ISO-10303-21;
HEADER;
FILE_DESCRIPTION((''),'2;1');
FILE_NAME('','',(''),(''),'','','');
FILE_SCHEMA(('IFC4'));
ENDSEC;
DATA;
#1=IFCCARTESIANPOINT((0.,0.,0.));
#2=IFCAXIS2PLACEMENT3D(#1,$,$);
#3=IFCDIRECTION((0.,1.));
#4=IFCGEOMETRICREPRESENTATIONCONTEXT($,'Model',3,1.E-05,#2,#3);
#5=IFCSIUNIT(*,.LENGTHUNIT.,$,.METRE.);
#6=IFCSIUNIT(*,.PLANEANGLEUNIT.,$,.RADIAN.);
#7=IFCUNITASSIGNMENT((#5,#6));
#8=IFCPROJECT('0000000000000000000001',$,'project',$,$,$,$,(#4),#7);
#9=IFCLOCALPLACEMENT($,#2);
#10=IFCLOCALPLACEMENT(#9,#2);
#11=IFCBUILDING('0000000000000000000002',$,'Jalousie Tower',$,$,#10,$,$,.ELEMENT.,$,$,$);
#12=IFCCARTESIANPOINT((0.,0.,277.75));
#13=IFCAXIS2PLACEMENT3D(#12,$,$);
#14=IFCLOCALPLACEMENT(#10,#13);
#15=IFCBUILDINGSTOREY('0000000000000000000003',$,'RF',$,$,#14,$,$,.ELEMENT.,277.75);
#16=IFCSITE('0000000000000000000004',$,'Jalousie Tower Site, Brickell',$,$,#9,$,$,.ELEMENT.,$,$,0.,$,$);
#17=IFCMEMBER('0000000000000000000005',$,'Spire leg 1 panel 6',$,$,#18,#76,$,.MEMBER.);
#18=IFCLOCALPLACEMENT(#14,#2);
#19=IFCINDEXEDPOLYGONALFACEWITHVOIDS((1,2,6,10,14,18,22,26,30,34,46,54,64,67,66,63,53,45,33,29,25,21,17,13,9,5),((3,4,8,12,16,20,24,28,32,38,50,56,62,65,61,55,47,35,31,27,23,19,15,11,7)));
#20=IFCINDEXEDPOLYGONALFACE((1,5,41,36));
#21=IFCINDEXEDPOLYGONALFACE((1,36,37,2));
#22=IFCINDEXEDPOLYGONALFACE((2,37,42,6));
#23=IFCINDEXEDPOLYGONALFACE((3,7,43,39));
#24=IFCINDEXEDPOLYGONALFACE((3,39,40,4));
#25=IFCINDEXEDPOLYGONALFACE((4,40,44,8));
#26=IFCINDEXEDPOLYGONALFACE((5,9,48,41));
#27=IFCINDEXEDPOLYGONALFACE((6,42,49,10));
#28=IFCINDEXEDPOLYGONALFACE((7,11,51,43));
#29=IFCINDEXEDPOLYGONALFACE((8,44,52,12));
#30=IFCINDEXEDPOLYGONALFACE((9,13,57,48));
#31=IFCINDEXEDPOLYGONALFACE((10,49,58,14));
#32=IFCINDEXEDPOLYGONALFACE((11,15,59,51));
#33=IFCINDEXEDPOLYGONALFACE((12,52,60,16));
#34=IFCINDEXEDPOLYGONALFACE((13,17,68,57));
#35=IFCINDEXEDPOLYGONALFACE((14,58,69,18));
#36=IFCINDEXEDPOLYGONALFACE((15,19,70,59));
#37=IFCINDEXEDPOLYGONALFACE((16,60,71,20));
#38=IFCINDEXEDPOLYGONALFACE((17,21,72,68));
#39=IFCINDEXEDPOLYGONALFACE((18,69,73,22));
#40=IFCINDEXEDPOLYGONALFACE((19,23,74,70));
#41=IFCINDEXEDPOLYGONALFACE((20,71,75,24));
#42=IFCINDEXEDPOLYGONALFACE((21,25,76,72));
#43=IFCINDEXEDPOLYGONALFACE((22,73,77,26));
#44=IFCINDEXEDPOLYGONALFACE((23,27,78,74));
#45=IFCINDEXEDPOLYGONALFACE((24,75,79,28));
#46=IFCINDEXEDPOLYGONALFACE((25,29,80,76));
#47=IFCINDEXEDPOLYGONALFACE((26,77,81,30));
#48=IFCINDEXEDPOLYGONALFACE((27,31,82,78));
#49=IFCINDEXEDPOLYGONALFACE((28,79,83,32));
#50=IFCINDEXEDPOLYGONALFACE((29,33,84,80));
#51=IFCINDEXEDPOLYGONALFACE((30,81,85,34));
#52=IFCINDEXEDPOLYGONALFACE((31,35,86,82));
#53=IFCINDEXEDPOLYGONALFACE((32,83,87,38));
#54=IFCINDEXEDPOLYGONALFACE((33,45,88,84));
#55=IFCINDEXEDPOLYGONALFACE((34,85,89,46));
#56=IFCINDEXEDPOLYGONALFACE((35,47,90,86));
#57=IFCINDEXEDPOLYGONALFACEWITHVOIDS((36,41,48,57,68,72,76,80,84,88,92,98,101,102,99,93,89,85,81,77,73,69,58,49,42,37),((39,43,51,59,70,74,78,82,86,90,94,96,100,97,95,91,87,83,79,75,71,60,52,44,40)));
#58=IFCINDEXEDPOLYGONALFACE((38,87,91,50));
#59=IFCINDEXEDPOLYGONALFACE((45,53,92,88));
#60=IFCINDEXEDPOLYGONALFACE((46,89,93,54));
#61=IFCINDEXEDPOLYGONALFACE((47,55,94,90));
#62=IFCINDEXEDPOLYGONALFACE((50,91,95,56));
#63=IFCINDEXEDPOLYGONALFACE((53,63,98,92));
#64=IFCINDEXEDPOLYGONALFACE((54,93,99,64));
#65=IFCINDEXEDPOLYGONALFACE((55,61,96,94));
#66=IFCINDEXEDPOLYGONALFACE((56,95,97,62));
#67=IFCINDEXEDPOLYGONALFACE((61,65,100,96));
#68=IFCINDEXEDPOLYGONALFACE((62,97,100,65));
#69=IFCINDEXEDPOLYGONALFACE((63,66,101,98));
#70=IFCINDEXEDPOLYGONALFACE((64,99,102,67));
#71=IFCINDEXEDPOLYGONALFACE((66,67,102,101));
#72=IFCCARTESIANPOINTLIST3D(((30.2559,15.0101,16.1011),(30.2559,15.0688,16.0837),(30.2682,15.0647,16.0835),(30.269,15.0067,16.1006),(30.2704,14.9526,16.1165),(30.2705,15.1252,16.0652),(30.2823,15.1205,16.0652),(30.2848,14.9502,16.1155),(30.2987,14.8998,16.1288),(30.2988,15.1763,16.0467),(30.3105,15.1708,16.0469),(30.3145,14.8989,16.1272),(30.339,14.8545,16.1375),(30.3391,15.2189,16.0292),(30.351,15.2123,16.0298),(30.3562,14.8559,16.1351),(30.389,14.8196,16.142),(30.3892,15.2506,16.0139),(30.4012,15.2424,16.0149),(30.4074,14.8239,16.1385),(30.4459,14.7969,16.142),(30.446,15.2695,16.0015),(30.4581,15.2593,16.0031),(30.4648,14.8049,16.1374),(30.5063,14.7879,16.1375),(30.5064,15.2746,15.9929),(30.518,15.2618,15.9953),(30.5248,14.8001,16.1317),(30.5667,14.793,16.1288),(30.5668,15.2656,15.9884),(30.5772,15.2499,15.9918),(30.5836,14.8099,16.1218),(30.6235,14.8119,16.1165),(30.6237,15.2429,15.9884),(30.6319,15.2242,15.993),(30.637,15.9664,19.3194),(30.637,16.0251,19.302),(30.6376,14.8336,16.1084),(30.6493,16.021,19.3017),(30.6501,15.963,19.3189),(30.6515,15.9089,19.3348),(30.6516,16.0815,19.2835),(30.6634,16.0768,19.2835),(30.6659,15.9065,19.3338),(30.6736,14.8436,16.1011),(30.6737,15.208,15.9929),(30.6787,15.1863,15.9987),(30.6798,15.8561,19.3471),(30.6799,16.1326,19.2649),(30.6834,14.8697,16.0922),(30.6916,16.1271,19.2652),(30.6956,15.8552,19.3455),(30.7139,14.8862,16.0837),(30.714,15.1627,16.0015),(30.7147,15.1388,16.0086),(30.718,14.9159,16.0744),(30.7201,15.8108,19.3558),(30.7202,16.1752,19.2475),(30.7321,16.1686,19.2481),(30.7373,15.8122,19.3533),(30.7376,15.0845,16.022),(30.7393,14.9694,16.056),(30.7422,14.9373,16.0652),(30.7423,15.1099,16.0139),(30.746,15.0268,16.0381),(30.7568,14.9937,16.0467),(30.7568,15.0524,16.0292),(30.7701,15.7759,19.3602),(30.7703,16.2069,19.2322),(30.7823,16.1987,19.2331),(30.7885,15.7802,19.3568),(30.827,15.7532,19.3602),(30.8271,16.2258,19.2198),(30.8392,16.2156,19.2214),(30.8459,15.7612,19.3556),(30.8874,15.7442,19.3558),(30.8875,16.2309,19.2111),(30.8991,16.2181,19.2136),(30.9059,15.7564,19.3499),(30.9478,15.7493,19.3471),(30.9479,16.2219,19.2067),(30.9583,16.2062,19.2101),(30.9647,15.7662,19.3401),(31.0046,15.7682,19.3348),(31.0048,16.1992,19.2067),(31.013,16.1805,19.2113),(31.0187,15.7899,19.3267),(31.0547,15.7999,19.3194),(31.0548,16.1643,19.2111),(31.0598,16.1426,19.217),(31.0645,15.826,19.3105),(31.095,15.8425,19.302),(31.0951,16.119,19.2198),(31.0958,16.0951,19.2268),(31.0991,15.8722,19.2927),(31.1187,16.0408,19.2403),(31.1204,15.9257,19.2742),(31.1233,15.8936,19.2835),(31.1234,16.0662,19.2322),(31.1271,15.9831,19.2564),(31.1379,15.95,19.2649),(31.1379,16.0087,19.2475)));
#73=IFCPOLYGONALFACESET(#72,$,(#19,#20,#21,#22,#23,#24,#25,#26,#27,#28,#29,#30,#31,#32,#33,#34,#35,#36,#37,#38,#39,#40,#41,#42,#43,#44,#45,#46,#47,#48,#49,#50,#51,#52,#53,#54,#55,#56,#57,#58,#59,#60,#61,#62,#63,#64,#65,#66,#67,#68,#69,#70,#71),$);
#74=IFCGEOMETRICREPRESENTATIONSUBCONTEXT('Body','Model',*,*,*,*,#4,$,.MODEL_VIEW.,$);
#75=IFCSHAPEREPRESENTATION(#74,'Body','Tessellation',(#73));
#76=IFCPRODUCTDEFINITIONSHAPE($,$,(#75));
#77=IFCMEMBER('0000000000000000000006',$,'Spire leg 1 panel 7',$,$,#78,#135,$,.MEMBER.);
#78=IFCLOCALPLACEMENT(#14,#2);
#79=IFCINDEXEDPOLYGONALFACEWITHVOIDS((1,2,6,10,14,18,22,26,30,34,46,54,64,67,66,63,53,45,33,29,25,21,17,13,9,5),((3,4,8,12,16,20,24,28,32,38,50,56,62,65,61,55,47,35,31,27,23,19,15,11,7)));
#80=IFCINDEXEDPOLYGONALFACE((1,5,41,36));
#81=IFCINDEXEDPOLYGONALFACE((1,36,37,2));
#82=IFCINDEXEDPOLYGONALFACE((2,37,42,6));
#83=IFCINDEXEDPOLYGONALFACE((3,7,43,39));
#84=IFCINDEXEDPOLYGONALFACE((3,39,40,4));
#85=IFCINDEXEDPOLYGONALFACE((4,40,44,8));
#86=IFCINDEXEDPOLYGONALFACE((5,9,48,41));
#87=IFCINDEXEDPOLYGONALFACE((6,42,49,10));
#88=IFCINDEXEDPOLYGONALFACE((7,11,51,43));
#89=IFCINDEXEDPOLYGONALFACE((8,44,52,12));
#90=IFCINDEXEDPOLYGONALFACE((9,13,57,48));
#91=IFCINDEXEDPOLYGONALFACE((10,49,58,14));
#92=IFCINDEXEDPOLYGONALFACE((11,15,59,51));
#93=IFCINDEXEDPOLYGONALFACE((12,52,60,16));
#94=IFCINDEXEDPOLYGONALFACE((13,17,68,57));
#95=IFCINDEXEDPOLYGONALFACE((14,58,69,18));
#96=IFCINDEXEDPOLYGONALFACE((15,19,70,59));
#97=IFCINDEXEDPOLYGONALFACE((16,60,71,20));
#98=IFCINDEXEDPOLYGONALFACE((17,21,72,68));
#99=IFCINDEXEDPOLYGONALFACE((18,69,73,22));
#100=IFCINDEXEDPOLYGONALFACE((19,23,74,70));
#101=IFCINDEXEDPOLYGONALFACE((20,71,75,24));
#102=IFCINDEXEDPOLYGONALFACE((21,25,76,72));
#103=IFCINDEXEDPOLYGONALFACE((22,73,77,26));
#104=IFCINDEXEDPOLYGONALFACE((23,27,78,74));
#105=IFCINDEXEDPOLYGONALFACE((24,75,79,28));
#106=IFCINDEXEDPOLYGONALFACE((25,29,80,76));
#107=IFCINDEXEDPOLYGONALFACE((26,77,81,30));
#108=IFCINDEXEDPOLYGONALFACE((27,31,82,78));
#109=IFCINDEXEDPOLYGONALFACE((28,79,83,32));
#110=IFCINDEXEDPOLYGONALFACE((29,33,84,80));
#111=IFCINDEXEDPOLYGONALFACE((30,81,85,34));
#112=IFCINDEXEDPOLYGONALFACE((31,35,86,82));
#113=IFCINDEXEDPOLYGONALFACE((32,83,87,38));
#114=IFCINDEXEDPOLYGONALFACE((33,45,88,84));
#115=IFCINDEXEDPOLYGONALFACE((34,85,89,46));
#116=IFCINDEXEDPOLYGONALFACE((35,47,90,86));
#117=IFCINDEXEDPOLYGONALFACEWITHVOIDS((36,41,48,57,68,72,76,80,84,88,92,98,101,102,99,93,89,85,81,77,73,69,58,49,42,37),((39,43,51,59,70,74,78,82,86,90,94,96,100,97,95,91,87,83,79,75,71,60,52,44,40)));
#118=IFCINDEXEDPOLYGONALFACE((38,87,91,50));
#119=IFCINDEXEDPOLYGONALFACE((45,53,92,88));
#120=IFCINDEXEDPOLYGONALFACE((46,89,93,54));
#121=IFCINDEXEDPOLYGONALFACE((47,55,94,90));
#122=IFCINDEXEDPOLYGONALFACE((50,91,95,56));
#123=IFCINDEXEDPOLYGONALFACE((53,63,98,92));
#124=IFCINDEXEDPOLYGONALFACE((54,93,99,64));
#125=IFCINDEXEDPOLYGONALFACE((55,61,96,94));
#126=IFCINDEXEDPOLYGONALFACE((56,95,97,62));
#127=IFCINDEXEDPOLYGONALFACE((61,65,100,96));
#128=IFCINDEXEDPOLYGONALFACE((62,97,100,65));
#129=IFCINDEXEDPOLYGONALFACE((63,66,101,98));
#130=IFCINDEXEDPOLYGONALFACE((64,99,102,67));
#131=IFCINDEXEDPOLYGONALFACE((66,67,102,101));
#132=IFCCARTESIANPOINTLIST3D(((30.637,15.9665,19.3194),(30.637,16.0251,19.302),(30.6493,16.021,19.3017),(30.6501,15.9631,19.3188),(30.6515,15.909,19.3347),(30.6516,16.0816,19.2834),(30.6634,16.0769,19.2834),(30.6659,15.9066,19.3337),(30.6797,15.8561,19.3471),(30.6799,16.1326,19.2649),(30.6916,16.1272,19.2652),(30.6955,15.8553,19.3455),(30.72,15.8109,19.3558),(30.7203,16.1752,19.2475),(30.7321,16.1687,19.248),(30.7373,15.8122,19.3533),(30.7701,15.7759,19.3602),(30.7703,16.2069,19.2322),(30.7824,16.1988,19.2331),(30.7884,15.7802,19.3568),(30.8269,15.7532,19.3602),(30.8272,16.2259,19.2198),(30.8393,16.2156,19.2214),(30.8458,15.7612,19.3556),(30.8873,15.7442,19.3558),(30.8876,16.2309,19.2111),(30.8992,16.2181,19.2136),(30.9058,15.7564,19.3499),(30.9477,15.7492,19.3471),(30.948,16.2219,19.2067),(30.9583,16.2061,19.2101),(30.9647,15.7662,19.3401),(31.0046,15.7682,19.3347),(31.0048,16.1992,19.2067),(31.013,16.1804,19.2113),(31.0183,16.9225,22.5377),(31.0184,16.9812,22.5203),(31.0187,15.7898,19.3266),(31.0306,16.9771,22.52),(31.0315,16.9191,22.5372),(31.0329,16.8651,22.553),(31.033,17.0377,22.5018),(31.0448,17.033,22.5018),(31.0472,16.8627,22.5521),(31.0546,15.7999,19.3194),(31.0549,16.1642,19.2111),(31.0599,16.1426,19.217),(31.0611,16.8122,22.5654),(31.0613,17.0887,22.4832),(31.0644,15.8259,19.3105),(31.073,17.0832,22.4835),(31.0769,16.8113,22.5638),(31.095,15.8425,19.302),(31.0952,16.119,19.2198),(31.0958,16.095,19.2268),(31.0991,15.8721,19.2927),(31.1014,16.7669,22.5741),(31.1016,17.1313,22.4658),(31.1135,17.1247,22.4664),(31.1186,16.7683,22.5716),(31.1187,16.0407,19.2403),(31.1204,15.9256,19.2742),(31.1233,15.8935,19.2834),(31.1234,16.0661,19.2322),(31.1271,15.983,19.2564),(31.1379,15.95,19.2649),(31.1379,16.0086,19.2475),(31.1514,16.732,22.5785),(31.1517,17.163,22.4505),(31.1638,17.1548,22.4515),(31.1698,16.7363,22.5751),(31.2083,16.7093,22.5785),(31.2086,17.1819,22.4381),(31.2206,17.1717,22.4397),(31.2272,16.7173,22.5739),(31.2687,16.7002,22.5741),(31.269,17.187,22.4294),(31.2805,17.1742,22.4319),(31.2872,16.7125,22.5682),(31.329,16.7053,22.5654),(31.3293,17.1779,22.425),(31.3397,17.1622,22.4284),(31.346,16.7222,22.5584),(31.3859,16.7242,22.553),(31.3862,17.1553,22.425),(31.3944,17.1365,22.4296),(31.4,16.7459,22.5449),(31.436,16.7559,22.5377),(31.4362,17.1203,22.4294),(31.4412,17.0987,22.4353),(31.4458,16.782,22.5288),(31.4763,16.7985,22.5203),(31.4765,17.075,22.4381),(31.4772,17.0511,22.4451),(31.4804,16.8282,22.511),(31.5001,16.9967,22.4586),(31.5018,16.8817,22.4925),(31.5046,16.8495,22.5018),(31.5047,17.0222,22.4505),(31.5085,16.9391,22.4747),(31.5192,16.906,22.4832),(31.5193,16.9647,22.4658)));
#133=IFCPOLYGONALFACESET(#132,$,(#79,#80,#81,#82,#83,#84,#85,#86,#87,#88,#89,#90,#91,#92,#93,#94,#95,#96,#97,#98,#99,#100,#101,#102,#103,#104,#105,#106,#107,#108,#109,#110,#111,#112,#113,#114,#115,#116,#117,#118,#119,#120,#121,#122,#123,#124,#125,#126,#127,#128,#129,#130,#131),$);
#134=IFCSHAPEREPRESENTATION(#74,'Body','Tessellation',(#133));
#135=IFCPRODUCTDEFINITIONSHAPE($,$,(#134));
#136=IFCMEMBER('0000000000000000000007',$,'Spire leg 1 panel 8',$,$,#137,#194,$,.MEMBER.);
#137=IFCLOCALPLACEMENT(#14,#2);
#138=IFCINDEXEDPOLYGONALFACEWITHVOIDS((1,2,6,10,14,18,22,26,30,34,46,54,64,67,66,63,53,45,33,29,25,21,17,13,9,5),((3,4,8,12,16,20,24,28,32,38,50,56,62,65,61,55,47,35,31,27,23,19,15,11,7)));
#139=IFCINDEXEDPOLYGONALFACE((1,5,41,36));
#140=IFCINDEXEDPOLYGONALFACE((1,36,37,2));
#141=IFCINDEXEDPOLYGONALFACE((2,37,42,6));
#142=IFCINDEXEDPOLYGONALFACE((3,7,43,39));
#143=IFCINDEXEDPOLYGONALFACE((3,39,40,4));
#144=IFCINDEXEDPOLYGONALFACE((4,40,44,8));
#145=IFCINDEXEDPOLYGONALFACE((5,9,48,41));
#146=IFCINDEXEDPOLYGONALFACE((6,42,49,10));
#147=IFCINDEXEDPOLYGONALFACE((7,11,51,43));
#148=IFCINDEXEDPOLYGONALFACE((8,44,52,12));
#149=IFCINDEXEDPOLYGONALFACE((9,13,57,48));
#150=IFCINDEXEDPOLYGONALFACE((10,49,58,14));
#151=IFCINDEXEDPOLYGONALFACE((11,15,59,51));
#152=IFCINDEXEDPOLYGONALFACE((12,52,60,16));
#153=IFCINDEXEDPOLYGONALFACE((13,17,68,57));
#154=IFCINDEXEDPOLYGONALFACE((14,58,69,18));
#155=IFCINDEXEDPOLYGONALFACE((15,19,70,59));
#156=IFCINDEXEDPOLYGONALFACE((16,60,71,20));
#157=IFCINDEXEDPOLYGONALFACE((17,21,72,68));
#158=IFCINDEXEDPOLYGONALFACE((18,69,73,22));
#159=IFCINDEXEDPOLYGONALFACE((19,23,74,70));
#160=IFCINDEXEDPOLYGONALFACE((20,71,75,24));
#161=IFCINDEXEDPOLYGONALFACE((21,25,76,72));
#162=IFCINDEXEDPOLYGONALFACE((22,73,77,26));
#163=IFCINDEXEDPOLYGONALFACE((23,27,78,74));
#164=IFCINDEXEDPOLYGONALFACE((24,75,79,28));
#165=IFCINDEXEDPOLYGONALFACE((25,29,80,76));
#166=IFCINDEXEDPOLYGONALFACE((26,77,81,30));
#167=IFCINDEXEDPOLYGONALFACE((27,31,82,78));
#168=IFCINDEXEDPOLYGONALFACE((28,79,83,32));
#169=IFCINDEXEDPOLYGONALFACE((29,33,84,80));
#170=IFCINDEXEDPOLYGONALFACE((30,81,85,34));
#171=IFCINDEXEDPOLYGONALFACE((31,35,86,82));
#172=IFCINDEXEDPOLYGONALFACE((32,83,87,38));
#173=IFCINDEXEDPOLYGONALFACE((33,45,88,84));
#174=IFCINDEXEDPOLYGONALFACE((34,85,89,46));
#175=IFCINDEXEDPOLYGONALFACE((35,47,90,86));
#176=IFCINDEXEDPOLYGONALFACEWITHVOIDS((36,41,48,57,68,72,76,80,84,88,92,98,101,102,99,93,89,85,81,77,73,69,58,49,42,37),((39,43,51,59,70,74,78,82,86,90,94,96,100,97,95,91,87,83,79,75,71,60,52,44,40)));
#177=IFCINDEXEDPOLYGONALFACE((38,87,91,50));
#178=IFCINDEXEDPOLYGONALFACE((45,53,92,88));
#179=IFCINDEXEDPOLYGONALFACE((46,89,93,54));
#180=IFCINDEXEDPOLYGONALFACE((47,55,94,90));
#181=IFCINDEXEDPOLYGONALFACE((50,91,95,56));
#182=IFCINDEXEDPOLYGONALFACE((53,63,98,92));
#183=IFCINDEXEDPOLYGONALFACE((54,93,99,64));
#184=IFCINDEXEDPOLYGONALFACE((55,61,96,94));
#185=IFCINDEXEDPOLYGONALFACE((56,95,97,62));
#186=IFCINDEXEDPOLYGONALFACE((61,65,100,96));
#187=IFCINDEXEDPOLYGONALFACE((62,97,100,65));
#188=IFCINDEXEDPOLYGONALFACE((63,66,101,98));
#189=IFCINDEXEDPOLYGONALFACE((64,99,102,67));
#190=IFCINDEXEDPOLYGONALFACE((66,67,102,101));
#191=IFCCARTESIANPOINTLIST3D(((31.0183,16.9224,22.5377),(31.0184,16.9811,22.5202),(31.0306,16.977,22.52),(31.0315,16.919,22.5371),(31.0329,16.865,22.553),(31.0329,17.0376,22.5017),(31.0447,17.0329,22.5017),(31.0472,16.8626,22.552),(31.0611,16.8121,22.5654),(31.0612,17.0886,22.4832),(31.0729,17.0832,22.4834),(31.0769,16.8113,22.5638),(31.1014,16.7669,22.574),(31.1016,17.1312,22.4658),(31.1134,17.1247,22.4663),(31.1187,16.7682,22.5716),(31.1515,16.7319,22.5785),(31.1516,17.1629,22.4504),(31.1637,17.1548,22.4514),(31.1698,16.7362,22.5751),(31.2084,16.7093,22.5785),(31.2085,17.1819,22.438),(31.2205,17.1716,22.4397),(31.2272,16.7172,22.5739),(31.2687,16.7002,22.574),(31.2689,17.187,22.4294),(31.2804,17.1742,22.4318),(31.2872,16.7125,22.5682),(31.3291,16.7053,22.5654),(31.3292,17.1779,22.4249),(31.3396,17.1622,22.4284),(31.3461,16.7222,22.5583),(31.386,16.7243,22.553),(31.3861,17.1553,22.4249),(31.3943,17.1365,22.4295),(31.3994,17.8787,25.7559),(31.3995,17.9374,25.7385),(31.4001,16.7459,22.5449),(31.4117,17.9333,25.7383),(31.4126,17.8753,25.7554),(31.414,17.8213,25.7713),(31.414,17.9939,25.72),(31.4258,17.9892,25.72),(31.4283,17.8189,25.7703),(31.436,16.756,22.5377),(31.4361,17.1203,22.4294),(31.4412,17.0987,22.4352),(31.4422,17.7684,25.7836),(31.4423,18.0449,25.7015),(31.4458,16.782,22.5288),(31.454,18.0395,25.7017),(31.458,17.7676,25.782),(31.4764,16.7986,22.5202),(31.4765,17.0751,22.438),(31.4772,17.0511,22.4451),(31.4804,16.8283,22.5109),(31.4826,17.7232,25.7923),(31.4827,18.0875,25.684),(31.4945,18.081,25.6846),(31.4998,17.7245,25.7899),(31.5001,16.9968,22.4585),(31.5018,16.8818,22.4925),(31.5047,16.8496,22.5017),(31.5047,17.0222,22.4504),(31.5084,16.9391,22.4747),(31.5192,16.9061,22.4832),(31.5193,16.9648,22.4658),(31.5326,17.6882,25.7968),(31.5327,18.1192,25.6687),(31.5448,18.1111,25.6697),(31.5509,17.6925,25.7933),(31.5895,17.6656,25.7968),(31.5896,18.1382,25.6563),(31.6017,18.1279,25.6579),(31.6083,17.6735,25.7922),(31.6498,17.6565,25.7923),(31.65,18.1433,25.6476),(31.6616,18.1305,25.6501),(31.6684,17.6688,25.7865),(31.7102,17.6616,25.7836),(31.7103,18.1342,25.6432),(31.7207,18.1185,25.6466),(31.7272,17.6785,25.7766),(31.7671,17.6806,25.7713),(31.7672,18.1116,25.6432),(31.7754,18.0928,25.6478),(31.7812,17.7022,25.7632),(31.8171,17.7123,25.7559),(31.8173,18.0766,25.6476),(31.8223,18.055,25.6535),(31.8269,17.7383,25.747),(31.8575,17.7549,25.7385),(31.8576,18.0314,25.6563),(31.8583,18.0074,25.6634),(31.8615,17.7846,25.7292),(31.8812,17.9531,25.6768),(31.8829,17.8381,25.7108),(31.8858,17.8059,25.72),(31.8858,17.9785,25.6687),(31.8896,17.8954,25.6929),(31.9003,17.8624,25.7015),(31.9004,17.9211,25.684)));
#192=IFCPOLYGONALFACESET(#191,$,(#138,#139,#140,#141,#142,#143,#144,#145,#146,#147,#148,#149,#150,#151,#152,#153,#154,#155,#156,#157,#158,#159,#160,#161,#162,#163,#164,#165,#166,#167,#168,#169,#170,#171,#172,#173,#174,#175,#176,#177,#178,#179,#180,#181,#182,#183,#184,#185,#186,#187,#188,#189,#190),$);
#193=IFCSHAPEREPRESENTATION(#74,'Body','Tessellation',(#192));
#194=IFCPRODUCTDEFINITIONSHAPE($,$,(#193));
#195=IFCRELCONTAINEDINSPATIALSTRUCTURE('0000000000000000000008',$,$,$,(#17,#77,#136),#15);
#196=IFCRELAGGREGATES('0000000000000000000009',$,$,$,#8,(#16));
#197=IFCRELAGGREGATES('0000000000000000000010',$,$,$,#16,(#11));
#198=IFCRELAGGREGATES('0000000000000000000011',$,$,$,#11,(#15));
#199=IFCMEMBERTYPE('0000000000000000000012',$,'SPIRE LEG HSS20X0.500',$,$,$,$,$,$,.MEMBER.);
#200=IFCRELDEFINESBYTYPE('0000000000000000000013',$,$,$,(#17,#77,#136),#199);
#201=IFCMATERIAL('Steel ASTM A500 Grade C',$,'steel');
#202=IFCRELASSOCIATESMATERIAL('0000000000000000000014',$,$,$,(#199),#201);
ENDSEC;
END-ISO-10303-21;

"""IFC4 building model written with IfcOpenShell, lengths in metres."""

from ifc_helpers import new_model, si_unit, direction, frame, origin, origin_2d, place, context, subcontext, project, spatial, hollow_circle, extrude, material, material_profile, profile_set, type_object, element, save


model = new_model("IFC4")

# Units and contexts
model_context = context("Model", 3, precision=1e-05, world=origin(), true_north=direction((0.0, 1.0)))
body_context = subcontext(model_context, "Body", "Model", "MODEL_VIEW")
ifc_project = project(units=[si_unit("LENGTHUNIT", "METRE"), si_unit("PLANEANGLEUNIT", "RADIAN")], contexts=[model_context])

# Site, building, storey
site_placement = place(None, origin())
site = spatial("IfcSite", under=ifc_project, at=site_placement, Name="Jalousie Tower Site, Brickell", CompositionType="ELEMENT", RefElevation=0.0)
building_placement = place(site_placement, origin())
building = spatial("IfcBuilding", under=site, at=building_placement, Name="Jalousie Tower", CompositionType="ELEMENT")
storey_placement = place(building_placement, frame((0.0, 0.0, 277.75)))
storey = spatial("IfcBuildingStorey", under=building, at=storey_placement, Name="RF", CompositionType="ELEMENT", Elevation=277.75)

# Members
ifc_material_1 = material(Name="Steel ASTM A500 Grade C", Category="steel")
ifc_material_profile_1 = material_profile(ifc_material_1, hollow_circle(Radius=0.2539, WallThickness=0.0127, at=origin_2d()), Name="HSS20X0.500")
ifc_profile_set_1 = profile_set([ifc_material_profile_1], Name="Steel ASTM A500 Grade C")
member_type_1 = type_object("IfcMemberType", Name="SPIRE LEG HSS20X0.500", PredefinedType="MEMBER", material=ifc_profile_set_1)
for number, where, z_axis, x_axis, name in (
    (1, (30.5063, 15.0312, 16.0652), (0.112789, 0.283021, 0.952459), (-0.92895, 0.370205, 0.0), "Spire leg 1 panel 6"),
    (2, (30.8875, 15.9875, 19.2834), (0.112863, 0.282952, 0.952471), (-0.928836, 0.370491, 0.0), "Spire leg 1 panel 7"),
    (3, (31.2688, 16.9436, 22.5017), (0.112789, 0.283021, 0.952459), (-0.92895, 0.370205, 0.0), "Spire leg 1 panel 8"),
):
    element("IfcMember", number, at=place(storey_placement, frame(where, z_axis=z_axis, x_axis=x_axis)), inside=storey, type_object=member_type_1, Name=name, PredefinedType="MEMBER", context=body_context, shape_type="SweptSolid", body=[
        extrude(hollow_circle(Radius=0.2539, WallThickness=0.0127, at=origin_2d()), origin(), (0.0, 0.0, 1.0), 3.3789),
    ])

save(model, "model.ifc")
